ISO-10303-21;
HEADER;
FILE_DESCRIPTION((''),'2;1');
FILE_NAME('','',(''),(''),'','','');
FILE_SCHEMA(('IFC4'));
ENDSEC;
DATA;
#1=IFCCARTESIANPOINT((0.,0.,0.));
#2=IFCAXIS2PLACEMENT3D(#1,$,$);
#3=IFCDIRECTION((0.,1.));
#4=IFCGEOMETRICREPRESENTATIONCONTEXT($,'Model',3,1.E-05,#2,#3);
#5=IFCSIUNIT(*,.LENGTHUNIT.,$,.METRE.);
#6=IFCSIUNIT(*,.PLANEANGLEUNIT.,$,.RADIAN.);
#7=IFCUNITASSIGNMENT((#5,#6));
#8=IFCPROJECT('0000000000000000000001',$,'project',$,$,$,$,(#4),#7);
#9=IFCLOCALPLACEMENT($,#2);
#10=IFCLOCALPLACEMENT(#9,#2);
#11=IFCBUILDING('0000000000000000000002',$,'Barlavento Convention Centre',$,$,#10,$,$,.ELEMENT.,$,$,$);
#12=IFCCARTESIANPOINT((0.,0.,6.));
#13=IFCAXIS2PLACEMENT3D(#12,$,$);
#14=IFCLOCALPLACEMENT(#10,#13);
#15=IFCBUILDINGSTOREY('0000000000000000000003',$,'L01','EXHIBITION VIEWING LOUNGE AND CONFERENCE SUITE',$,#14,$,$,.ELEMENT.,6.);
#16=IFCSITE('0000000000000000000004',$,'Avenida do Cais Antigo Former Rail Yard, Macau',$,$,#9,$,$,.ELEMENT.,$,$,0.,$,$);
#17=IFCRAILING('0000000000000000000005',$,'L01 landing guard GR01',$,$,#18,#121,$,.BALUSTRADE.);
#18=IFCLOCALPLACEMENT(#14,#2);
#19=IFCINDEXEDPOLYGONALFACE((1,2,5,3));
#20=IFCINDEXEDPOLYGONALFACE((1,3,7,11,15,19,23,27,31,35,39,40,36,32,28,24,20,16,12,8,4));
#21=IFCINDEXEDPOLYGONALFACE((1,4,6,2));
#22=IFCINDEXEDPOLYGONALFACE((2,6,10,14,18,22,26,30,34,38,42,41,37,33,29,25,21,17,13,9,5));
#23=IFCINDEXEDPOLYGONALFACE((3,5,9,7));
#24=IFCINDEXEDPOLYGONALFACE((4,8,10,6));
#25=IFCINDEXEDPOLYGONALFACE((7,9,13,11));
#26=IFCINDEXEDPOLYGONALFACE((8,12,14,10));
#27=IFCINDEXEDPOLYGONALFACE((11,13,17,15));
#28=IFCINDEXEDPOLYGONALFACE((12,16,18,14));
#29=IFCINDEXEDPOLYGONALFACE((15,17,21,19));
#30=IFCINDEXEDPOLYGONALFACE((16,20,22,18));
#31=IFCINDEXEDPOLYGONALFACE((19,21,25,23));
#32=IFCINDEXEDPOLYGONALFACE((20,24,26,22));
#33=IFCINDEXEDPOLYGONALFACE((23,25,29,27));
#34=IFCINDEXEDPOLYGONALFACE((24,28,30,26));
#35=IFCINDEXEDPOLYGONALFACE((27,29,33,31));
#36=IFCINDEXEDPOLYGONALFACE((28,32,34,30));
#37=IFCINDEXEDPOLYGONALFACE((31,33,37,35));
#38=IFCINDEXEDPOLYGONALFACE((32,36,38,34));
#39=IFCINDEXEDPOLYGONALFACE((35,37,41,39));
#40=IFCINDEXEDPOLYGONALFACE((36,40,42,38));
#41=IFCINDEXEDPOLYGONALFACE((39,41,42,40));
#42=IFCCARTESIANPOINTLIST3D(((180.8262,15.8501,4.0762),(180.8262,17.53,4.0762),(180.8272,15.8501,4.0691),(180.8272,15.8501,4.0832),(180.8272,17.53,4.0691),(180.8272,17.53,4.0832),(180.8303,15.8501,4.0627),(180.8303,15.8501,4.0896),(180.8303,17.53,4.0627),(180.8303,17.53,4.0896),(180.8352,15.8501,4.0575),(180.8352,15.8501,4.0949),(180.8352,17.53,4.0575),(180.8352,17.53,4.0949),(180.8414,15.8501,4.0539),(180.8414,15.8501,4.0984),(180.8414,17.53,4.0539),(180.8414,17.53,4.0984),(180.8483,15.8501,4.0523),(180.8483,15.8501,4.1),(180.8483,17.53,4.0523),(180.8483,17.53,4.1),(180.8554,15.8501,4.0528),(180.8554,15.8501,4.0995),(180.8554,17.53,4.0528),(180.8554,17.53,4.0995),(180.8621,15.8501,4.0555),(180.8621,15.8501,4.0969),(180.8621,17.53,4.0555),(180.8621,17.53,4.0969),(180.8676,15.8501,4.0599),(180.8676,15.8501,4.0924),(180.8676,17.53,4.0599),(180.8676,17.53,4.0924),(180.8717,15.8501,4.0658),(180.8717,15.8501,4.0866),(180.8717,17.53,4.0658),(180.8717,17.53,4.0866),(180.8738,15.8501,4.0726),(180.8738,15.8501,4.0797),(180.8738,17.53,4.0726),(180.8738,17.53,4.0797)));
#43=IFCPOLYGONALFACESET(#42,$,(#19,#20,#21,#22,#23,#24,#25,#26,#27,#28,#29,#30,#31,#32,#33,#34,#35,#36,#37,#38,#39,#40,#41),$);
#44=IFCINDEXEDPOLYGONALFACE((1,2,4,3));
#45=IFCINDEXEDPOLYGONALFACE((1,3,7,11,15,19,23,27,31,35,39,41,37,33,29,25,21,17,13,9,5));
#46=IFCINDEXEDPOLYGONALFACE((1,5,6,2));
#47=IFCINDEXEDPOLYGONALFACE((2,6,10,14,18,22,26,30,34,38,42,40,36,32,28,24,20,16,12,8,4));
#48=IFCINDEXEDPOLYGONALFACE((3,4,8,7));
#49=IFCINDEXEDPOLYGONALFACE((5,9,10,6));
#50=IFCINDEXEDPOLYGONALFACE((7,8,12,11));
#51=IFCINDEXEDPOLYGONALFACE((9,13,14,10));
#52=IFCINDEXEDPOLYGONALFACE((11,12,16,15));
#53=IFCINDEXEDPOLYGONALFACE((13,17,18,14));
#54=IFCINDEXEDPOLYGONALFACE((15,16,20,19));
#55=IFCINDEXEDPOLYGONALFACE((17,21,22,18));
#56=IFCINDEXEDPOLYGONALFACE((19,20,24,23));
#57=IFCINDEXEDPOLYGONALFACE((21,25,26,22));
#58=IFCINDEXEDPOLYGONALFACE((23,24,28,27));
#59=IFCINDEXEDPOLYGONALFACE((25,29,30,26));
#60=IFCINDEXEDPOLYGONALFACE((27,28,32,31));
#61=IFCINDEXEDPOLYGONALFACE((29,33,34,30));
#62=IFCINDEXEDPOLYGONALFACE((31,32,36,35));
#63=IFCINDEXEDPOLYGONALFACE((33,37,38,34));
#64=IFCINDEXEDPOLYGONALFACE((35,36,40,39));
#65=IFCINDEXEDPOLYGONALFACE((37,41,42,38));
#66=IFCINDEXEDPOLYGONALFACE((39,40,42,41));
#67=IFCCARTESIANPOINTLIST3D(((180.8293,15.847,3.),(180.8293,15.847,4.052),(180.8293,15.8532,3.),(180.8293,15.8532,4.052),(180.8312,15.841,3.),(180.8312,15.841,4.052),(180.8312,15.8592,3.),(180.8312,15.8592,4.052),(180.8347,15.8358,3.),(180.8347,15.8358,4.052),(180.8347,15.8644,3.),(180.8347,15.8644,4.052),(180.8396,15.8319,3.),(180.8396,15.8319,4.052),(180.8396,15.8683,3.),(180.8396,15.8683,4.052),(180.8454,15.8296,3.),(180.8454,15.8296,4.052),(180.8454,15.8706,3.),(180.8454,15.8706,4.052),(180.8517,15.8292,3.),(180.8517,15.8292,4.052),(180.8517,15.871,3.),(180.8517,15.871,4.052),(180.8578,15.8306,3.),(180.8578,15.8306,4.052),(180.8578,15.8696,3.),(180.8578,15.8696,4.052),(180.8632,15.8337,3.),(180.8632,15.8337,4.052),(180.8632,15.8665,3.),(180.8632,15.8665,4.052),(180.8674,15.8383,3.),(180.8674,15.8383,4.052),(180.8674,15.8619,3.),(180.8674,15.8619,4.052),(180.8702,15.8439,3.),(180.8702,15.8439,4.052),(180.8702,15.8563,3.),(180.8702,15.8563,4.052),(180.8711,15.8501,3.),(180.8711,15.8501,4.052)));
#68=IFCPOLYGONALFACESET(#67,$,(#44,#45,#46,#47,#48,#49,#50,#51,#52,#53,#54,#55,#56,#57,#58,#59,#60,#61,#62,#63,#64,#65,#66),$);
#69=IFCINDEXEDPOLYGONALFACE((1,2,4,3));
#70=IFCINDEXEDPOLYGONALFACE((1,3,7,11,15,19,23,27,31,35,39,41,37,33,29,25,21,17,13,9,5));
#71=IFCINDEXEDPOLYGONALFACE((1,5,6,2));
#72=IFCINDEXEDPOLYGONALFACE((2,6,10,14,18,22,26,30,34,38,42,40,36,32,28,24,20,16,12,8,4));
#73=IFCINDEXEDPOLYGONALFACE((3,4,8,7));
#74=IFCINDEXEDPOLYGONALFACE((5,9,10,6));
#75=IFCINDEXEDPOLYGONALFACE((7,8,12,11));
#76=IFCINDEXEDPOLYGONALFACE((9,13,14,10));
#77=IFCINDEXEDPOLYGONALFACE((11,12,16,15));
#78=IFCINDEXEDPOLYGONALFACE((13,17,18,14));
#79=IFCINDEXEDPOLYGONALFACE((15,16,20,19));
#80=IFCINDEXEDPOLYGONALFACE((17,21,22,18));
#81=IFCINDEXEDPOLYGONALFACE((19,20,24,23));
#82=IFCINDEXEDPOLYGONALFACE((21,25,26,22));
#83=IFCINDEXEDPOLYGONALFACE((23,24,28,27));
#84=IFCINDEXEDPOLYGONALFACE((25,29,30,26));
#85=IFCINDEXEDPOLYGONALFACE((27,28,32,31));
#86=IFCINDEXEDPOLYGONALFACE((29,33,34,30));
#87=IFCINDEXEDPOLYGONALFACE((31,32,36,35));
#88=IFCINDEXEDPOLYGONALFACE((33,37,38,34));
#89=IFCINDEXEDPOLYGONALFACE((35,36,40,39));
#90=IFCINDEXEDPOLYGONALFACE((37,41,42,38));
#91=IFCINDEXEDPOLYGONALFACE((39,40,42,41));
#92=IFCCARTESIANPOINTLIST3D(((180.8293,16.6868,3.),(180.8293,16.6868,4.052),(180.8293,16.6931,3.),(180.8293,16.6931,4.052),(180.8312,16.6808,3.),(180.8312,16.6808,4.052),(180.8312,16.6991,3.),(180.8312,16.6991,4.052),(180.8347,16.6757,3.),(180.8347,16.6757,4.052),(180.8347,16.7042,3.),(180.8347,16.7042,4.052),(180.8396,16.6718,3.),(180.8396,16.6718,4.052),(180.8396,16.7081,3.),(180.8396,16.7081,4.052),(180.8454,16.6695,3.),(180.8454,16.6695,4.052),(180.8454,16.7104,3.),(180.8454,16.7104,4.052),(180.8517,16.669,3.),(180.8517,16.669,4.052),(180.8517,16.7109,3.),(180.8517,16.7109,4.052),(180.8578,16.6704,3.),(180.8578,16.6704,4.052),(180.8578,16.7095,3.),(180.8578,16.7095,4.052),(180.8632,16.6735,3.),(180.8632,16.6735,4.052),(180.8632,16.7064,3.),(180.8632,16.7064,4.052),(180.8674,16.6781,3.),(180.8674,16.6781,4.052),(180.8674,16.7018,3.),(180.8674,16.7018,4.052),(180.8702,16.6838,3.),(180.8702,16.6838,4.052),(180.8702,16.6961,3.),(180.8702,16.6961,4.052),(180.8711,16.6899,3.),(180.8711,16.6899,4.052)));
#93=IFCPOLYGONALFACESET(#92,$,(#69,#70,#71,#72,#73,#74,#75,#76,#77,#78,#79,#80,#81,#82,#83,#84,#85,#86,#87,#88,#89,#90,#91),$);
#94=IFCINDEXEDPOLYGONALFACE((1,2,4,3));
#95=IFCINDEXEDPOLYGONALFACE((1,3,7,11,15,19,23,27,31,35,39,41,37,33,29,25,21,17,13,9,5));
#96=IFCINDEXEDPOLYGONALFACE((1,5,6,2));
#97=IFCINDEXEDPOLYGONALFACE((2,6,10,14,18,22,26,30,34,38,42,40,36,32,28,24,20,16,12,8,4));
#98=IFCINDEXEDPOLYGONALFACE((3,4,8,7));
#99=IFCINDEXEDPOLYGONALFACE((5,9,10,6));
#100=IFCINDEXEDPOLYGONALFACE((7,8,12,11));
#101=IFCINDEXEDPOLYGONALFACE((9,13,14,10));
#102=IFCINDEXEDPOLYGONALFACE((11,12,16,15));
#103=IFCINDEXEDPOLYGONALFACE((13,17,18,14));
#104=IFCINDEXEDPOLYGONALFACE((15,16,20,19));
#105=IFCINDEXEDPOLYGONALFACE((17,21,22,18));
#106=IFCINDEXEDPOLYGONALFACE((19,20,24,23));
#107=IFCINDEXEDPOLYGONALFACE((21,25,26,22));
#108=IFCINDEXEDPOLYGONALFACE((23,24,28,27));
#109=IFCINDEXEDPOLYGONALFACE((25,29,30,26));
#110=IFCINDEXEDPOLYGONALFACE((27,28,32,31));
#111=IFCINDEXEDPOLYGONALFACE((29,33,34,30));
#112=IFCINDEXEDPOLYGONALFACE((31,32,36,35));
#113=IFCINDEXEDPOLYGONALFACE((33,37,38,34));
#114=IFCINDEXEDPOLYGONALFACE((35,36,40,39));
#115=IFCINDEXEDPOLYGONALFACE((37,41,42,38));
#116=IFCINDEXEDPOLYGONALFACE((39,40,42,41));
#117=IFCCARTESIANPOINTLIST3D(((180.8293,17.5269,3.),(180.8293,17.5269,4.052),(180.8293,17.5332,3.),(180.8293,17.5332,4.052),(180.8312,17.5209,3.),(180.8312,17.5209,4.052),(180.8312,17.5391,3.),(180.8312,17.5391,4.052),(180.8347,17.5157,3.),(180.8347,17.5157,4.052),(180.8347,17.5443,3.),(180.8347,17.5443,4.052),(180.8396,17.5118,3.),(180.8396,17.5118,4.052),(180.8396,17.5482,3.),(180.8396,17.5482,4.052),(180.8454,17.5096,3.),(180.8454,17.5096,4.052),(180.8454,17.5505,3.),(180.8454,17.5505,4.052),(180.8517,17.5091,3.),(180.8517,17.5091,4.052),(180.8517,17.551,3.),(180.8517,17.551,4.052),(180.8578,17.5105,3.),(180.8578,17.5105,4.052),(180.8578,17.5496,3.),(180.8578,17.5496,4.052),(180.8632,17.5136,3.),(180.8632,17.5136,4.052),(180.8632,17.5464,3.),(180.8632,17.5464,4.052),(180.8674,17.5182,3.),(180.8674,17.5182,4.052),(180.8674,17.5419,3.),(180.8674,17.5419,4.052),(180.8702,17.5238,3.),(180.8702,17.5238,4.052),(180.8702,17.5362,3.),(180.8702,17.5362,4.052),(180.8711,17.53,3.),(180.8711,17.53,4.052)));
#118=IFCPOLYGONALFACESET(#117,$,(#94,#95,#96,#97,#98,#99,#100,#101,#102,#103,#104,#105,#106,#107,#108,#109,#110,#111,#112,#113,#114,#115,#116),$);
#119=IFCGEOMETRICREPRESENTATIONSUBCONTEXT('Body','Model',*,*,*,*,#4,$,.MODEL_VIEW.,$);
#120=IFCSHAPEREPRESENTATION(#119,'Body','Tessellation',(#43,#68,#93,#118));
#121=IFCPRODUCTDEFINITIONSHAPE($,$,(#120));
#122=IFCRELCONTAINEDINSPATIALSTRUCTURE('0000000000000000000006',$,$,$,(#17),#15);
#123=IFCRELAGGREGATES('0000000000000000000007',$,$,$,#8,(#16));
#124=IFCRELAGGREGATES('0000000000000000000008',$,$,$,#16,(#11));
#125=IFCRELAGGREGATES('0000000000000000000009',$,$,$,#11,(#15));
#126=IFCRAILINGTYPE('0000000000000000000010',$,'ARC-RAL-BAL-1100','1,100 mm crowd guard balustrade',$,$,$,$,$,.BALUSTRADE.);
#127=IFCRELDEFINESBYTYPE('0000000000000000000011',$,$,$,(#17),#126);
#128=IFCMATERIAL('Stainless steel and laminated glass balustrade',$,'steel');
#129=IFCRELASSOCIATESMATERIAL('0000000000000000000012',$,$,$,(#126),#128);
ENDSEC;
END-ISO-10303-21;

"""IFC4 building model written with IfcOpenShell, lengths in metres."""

from ifc_helpers import new_model, si_unit, direction, frame, origin, origin_2d, place, context, subcontext, project, spatial, circle, extrude, material, type_object, element, save


model = new_model("IFC4")

# Units and contexts
model_context = context("Model", 3, precision=1e-05, world=origin(), true_north=direction((0.0, 1.0)))
body_context = subcontext(model_context, "Body", "Model", "MODEL_VIEW")
ifc_project = project(units=[si_unit("LENGTHUNIT", "METRE"), si_unit("PLANEANGLEUNIT", "RADIAN")], contexts=[model_context])

# Site, building, storey
site_placement = place(None, origin())
site = spatial("IfcSite", under=ifc_project, at=site_placement, Name="Avenida do Cais Antigo Former Rail Yard, Macau", CompositionType="ELEMENT", RefElevation=0.0)
building_placement = place(site_placement, origin())
building = spatial("IfcBuilding", under=site, at=building_placement, Name="Barlavento Convention Centre", CompositionType="ELEMENT")
storey_placement = place(building_placement, frame((0.0, 0.0, 6.0)))
storey = spatial("IfcBuildingStorey", under=building, at=storey_placement, Name="L01", Description="EXHIBITION VIEWING LOUNGE AND CONFERENCE SUITE", CompositionType="ELEMENT", Elevation=6.0)

# Railing
ifc_material_1 = material(Name="Stainless steel and laminated glass balustrade", Category="steel")
railing_type_1 = type_object("IfcRailingType", Name="ARC-RAL-BAL-1100", Description="1,100 mm crowd guard balustrade", PredefinedType="BALUSTRADE", material=ifc_material_1)
for number, where, name in (
    (1, (180.8501, 15.8501, 3.0), "L01 landing guard GR01"),
):
    element("IfcRailing", number, at=place(storey_placement, frame(where)), inside=storey, type_object=railing_type_1, Name=name, PredefinedType="BALUSTRADE", context=body_context, shape_type="SweptSolid", body=[
        extrude(circle(Radius=0.0239, at=origin_2d()), frame((0.0, 0.0, 1.0762), z_axis=(0.0, 1.0, 0.0), x_axis=(-1.0, 0.0, 0.0)), (0.0, 0.0, 1.0), 1.6799),
        extrude(circle(Radius=0.021, at=origin_2d()), origin(), (0.0, 0.0, 1.0), 1.052),
        extrude(circle(Radius=0.021, at=origin_2d()), frame((0.0, 0.8398, 0.0)), (0.0, 0.0, 1.0), 1.052),
        extrude(circle(Radius=0.021, at=origin_2d()), frame((0.0, 1.6799, 0.0)), (0.0, 0.0, 1.0), 1.052),
    ])

save(model, "model.ifc")
